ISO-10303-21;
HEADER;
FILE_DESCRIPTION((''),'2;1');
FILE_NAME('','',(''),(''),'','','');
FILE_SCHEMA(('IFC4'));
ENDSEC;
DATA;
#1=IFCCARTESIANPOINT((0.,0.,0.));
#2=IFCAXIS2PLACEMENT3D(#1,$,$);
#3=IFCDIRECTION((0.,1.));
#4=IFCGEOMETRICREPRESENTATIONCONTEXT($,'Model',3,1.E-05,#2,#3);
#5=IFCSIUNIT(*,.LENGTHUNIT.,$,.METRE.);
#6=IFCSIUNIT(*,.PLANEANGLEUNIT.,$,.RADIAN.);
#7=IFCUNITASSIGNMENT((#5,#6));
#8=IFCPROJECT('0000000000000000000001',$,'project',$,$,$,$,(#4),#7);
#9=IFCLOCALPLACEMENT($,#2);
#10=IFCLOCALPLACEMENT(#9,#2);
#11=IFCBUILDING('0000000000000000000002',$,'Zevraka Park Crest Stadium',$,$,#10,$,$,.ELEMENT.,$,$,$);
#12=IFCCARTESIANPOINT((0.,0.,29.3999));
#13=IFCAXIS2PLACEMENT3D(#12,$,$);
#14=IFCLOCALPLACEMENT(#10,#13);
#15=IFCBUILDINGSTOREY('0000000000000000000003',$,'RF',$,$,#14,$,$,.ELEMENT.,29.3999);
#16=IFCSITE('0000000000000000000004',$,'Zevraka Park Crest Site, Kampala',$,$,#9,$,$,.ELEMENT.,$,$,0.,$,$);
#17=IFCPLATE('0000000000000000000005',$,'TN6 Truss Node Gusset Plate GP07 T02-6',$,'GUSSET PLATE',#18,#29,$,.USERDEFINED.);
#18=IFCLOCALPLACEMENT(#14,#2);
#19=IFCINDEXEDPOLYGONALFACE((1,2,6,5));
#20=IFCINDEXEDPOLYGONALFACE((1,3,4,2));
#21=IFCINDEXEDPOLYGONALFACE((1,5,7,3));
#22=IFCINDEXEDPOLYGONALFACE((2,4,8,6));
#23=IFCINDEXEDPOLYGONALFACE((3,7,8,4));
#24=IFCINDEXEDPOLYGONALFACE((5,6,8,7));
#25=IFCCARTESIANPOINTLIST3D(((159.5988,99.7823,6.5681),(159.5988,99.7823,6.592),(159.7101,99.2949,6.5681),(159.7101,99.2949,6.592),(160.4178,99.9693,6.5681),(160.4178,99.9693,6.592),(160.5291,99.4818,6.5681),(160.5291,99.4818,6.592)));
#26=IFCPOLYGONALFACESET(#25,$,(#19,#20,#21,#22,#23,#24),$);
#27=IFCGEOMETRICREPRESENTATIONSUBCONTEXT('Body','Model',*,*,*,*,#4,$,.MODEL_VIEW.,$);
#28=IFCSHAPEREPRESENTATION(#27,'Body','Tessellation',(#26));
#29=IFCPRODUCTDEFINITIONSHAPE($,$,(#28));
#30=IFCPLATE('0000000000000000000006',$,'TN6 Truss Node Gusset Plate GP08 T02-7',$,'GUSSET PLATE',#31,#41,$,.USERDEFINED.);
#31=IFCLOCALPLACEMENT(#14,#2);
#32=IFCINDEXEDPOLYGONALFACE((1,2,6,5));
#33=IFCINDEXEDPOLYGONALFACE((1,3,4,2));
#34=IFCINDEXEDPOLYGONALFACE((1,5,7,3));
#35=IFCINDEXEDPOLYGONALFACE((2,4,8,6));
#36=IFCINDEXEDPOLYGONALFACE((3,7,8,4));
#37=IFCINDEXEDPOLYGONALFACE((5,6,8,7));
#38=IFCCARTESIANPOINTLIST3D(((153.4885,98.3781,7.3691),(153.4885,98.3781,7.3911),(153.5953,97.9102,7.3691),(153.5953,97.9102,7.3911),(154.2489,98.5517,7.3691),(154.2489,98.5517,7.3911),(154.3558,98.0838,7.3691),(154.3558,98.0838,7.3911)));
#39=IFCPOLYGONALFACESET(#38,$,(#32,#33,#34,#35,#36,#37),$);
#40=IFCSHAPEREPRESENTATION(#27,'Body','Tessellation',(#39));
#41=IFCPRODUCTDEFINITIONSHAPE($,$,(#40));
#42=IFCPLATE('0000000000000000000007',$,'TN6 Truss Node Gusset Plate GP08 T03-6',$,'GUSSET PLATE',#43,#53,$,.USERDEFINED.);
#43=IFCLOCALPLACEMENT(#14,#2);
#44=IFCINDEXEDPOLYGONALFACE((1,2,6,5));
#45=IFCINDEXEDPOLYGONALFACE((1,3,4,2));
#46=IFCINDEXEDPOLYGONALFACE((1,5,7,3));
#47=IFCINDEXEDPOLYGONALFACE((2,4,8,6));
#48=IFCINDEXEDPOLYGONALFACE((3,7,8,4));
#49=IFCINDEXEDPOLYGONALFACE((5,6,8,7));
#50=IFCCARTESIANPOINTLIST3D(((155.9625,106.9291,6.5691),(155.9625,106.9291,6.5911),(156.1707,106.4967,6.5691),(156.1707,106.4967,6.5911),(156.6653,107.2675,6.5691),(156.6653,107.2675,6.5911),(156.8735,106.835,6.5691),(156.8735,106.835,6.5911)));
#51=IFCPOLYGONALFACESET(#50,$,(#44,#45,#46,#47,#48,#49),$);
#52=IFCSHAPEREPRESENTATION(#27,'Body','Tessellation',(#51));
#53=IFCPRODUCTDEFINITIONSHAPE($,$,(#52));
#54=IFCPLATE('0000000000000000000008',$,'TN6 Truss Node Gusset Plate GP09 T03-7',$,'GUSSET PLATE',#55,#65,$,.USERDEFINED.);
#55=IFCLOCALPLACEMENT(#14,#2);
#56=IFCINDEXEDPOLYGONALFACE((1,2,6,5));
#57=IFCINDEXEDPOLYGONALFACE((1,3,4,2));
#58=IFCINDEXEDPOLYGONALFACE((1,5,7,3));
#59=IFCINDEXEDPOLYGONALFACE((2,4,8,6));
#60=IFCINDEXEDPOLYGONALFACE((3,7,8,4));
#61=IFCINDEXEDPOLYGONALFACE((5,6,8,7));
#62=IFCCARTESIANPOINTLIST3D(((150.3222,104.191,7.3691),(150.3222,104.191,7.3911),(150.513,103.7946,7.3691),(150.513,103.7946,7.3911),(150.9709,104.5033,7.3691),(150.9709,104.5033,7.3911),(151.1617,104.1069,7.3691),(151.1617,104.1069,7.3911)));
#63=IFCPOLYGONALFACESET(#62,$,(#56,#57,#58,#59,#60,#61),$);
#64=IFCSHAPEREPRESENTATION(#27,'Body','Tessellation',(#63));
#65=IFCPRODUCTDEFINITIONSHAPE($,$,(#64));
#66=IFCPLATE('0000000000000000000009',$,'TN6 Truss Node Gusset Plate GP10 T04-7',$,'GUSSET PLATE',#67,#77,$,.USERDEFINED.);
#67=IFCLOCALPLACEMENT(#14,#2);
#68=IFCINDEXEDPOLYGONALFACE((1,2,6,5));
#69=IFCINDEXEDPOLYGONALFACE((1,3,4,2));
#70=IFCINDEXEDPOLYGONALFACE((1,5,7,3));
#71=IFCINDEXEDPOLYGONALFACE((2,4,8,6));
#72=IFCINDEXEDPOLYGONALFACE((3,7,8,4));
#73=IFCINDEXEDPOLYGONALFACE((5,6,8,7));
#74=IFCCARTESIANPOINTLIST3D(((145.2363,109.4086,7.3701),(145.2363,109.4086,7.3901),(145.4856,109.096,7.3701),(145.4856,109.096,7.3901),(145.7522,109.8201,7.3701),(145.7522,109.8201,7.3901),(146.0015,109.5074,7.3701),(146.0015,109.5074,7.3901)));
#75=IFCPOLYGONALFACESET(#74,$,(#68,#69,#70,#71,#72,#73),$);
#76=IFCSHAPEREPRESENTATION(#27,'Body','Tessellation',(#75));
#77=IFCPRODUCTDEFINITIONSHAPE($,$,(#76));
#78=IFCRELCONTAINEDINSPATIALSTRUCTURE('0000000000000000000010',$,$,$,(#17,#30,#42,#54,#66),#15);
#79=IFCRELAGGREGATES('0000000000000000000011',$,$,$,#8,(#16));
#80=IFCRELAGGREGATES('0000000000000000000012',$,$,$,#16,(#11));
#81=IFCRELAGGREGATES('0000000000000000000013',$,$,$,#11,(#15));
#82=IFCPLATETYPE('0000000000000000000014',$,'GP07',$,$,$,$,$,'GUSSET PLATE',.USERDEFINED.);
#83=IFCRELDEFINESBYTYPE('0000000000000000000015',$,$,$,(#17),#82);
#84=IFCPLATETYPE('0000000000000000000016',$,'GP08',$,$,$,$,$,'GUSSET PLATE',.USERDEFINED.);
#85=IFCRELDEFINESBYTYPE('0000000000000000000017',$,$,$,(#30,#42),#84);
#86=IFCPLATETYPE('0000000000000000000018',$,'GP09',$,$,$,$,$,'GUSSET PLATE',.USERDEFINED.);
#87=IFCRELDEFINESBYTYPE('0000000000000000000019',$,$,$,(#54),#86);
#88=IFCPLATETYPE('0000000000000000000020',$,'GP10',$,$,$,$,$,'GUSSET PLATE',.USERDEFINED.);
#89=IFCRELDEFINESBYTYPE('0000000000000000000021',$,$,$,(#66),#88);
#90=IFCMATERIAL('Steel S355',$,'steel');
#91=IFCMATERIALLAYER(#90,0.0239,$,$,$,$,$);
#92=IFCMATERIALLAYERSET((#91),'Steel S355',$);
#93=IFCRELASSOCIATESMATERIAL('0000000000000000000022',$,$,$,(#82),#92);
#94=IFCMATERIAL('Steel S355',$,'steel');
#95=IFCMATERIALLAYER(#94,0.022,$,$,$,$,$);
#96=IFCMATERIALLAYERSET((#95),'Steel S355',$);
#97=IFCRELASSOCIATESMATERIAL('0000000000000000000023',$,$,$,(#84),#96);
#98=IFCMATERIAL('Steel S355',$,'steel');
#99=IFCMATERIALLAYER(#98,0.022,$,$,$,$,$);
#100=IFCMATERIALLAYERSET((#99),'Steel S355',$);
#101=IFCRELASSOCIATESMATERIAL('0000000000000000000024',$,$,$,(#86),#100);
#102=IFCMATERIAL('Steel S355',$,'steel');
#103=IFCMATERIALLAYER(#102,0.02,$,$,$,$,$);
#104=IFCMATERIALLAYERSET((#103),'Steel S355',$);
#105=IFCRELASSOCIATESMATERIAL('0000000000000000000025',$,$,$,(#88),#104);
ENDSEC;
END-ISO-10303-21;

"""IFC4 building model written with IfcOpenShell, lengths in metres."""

from ifc_helpers import new_model, si_unit, direction, frame, origin, origin_2d, place, context, subcontext, project, spatial, rectangle, extrude, material, layer, layer_set, type_object, element, save


model = new_model("IFC4")

# Units and contexts
model_context = context("Model", 3, precision=1e-05, world=origin(), true_north=direction((0.0, 1.0)))
body_context = subcontext(model_context, "Body", "Model", "MODEL_VIEW")
ifc_project = project(units=[si_unit("LENGTHUNIT", "METRE"), si_unit("PLANEANGLEUNIT", "RADIAN")], contexts=[model_context])

# Site, building, storey
site_placement = place(None, origin())
site = spatial("IfcSite", under=ifc_project, at=site_placement, Name="Zevraka Park Crest Site, Kampala", CompositionType="ELEMENT", RefElevation=0.0)
building_placement = place(site_placement, origin())
building = spatial("IfcBuilding", under=site, at=building_placement, Name="Zevraka Park Crest Stadium", CompositionType="ELEMENT")
storey_placement = place(building_placement, frame((0.0, 0.0, 29.3999)))
storey = spatial("IfcBuildingStorey", under=building, at=storey_placement, Name="RF", CompositionType="ELEMENT", Elevation=29.3999)

# Plates
ifc_material_1 = material(Name="Steel S355", Category="steel")
ifc_layer_1 = layer(ifc_material_1, 0.0239)
ifc_layer_set_1 = layer_set([ifc_layer_1], Name="Steel S355")
plate_type_1 = type_object("IfcPlateType", Name="GP07", ElementType="GUSSET PLATE", PredefinedType="USERDEFINED", material=ifc_layer_set_1)
plate_1_placement = place(storey_placement, frame((160.064, 99.6321, 6.5681), z_axis=(0.0, 0.0, 1.0), x_axis=(0.974917, 0.22257, 0.0)))
element("IfcPlate", 1, at=plate_1_placement, inside=storey, type_object=plate_type_1, Name="TN6 Truss Node Gusset Plate GP07 T02-6", ObjectType="GUSSET PLATE", PredefinedType="USERDEFINED", context=body_context, shape_type="SweptSolid", body=[
    extrude(rectangle(XDim=0.8401, YDim=0.5, at=origin_2d()), origin(), (0.0, 0.0, 1.0), 0.0239),
])
ifc_material_2 = material(Name="Steel S355", Category="steel")
ifc_layer_2 = layer(ifc_material_2, 0.022)
ifc_layer_set_2 = layer_set([ifc_layer_2], Name="Steel S355")
plate_type_2 = type_object("IfcPlateType", Name="GP08", ElementType="GUSSET PLATE", PredefinedType="USERDEFINED", material=ifc_layer_set_2)
for number, where, z_axis, x_axis, name in (
    (2, (153.9221, 98.231, 7.3691), (0.0, 0.0, 1.0), (0.974917, 0.22257, 0.0), "TN6 Truss Node Gusset Plate GP08 T02-7"),
    (3, (156.418, 106.8821, 6.5691), (0.0, 0.0, 1.0), (0.901001, 0.433816, 0.0), "TN6 Truss Node Gusset Plate GP08 T03-6"),
):
    element("IfcPlate", number, at=place(storey_placement, frame(where, z_axis=z_axis, x_axis=x_axis)), inside=storey, type_object=plate_type_2, Name=name, ObjectType="GUSSET PLATE", PredefinedType="USERDEFINED", context=body_context, shape_type="SweptSolid", body=[
        extrude(rectangle(XDim=0.78, YDim=0.48, at=origin_2d()), origin(), (0.0, 0.0, 1.0), 0.022),
    ])
ifc_material_3 = material(Name="Steel S355", Category="steel")
ifc_layer_3 = layer(ifc_material_3, 0.022)
ifc_layer_set_3 = layer_set([ifc_layer_3], Name="Steel S355")
plate_type_3 = type_object("IfcPlateType", Name="GP09", ElementType="GUSSET PLATE", PredefinedType="USERDEFINED", material=ifc_layer_set_3)
plate_2_placement = place(storey_placement, frame((150.7419, 104.1489, 7.3691), z_axis=(0.0, 0.0, 1.0), x_axis=(0.901001, 0.433816, 0.0)))
element("IfcPlate", 4, at=plate_2_placement, inside=storey, type_object=plate_type_3, Name="TN6 Truss Node Gusset Plate GP09 T03-7", ObjectType="GUSSET PLATE", PredefinedType="USERDEFINED", context=body_context, shape_type="SweptSolid", body=[
    extrude(rectangle(XDim=0.72, YDim=0.4399, at=origin_2d()), origin(), (0.0, 0.0, 1.0), 0.022),
])
ifc_material_4 = material(Name="Steel S355", Category="steel")
ifc_layer_4 = layer(ifc_material_4, 0.02)
ifc_layer_set_4 = layer_set([ifc_layer_4], Name="Steel S355")
plate_type_4 = type_object("IfcPlateType", Name="GP10", ElementType="GUSSET PLATE", PredefinedType="USERDEFINED", material=ifc_layer_set_4)
plate_3_placement = place(storey_placement, frame((145.6189, 109.458, 7.3701), z_axis=(0.0, 0.0, 1.0), x_axis=(0.781847, 0.62347, 0.0)))
element("IfcPlate", 5, at=plate_3_placement, inside=storey, type_object=plate_type_4, Name="TN6 Truss Node Gusset Plate GP10 T04-7", ObjectType="GUSSET PLATE", PredefinedType="USERDEFINED", context=body_context, shape_type="SweptSolid", body=[
    extrude(rectangle(XDim=0.6599, YDim=0.3999, at=origin_2d()), origin(), (0.0, 0.0, 1.0), 0.02),
])

save(model, "model.ifc")
